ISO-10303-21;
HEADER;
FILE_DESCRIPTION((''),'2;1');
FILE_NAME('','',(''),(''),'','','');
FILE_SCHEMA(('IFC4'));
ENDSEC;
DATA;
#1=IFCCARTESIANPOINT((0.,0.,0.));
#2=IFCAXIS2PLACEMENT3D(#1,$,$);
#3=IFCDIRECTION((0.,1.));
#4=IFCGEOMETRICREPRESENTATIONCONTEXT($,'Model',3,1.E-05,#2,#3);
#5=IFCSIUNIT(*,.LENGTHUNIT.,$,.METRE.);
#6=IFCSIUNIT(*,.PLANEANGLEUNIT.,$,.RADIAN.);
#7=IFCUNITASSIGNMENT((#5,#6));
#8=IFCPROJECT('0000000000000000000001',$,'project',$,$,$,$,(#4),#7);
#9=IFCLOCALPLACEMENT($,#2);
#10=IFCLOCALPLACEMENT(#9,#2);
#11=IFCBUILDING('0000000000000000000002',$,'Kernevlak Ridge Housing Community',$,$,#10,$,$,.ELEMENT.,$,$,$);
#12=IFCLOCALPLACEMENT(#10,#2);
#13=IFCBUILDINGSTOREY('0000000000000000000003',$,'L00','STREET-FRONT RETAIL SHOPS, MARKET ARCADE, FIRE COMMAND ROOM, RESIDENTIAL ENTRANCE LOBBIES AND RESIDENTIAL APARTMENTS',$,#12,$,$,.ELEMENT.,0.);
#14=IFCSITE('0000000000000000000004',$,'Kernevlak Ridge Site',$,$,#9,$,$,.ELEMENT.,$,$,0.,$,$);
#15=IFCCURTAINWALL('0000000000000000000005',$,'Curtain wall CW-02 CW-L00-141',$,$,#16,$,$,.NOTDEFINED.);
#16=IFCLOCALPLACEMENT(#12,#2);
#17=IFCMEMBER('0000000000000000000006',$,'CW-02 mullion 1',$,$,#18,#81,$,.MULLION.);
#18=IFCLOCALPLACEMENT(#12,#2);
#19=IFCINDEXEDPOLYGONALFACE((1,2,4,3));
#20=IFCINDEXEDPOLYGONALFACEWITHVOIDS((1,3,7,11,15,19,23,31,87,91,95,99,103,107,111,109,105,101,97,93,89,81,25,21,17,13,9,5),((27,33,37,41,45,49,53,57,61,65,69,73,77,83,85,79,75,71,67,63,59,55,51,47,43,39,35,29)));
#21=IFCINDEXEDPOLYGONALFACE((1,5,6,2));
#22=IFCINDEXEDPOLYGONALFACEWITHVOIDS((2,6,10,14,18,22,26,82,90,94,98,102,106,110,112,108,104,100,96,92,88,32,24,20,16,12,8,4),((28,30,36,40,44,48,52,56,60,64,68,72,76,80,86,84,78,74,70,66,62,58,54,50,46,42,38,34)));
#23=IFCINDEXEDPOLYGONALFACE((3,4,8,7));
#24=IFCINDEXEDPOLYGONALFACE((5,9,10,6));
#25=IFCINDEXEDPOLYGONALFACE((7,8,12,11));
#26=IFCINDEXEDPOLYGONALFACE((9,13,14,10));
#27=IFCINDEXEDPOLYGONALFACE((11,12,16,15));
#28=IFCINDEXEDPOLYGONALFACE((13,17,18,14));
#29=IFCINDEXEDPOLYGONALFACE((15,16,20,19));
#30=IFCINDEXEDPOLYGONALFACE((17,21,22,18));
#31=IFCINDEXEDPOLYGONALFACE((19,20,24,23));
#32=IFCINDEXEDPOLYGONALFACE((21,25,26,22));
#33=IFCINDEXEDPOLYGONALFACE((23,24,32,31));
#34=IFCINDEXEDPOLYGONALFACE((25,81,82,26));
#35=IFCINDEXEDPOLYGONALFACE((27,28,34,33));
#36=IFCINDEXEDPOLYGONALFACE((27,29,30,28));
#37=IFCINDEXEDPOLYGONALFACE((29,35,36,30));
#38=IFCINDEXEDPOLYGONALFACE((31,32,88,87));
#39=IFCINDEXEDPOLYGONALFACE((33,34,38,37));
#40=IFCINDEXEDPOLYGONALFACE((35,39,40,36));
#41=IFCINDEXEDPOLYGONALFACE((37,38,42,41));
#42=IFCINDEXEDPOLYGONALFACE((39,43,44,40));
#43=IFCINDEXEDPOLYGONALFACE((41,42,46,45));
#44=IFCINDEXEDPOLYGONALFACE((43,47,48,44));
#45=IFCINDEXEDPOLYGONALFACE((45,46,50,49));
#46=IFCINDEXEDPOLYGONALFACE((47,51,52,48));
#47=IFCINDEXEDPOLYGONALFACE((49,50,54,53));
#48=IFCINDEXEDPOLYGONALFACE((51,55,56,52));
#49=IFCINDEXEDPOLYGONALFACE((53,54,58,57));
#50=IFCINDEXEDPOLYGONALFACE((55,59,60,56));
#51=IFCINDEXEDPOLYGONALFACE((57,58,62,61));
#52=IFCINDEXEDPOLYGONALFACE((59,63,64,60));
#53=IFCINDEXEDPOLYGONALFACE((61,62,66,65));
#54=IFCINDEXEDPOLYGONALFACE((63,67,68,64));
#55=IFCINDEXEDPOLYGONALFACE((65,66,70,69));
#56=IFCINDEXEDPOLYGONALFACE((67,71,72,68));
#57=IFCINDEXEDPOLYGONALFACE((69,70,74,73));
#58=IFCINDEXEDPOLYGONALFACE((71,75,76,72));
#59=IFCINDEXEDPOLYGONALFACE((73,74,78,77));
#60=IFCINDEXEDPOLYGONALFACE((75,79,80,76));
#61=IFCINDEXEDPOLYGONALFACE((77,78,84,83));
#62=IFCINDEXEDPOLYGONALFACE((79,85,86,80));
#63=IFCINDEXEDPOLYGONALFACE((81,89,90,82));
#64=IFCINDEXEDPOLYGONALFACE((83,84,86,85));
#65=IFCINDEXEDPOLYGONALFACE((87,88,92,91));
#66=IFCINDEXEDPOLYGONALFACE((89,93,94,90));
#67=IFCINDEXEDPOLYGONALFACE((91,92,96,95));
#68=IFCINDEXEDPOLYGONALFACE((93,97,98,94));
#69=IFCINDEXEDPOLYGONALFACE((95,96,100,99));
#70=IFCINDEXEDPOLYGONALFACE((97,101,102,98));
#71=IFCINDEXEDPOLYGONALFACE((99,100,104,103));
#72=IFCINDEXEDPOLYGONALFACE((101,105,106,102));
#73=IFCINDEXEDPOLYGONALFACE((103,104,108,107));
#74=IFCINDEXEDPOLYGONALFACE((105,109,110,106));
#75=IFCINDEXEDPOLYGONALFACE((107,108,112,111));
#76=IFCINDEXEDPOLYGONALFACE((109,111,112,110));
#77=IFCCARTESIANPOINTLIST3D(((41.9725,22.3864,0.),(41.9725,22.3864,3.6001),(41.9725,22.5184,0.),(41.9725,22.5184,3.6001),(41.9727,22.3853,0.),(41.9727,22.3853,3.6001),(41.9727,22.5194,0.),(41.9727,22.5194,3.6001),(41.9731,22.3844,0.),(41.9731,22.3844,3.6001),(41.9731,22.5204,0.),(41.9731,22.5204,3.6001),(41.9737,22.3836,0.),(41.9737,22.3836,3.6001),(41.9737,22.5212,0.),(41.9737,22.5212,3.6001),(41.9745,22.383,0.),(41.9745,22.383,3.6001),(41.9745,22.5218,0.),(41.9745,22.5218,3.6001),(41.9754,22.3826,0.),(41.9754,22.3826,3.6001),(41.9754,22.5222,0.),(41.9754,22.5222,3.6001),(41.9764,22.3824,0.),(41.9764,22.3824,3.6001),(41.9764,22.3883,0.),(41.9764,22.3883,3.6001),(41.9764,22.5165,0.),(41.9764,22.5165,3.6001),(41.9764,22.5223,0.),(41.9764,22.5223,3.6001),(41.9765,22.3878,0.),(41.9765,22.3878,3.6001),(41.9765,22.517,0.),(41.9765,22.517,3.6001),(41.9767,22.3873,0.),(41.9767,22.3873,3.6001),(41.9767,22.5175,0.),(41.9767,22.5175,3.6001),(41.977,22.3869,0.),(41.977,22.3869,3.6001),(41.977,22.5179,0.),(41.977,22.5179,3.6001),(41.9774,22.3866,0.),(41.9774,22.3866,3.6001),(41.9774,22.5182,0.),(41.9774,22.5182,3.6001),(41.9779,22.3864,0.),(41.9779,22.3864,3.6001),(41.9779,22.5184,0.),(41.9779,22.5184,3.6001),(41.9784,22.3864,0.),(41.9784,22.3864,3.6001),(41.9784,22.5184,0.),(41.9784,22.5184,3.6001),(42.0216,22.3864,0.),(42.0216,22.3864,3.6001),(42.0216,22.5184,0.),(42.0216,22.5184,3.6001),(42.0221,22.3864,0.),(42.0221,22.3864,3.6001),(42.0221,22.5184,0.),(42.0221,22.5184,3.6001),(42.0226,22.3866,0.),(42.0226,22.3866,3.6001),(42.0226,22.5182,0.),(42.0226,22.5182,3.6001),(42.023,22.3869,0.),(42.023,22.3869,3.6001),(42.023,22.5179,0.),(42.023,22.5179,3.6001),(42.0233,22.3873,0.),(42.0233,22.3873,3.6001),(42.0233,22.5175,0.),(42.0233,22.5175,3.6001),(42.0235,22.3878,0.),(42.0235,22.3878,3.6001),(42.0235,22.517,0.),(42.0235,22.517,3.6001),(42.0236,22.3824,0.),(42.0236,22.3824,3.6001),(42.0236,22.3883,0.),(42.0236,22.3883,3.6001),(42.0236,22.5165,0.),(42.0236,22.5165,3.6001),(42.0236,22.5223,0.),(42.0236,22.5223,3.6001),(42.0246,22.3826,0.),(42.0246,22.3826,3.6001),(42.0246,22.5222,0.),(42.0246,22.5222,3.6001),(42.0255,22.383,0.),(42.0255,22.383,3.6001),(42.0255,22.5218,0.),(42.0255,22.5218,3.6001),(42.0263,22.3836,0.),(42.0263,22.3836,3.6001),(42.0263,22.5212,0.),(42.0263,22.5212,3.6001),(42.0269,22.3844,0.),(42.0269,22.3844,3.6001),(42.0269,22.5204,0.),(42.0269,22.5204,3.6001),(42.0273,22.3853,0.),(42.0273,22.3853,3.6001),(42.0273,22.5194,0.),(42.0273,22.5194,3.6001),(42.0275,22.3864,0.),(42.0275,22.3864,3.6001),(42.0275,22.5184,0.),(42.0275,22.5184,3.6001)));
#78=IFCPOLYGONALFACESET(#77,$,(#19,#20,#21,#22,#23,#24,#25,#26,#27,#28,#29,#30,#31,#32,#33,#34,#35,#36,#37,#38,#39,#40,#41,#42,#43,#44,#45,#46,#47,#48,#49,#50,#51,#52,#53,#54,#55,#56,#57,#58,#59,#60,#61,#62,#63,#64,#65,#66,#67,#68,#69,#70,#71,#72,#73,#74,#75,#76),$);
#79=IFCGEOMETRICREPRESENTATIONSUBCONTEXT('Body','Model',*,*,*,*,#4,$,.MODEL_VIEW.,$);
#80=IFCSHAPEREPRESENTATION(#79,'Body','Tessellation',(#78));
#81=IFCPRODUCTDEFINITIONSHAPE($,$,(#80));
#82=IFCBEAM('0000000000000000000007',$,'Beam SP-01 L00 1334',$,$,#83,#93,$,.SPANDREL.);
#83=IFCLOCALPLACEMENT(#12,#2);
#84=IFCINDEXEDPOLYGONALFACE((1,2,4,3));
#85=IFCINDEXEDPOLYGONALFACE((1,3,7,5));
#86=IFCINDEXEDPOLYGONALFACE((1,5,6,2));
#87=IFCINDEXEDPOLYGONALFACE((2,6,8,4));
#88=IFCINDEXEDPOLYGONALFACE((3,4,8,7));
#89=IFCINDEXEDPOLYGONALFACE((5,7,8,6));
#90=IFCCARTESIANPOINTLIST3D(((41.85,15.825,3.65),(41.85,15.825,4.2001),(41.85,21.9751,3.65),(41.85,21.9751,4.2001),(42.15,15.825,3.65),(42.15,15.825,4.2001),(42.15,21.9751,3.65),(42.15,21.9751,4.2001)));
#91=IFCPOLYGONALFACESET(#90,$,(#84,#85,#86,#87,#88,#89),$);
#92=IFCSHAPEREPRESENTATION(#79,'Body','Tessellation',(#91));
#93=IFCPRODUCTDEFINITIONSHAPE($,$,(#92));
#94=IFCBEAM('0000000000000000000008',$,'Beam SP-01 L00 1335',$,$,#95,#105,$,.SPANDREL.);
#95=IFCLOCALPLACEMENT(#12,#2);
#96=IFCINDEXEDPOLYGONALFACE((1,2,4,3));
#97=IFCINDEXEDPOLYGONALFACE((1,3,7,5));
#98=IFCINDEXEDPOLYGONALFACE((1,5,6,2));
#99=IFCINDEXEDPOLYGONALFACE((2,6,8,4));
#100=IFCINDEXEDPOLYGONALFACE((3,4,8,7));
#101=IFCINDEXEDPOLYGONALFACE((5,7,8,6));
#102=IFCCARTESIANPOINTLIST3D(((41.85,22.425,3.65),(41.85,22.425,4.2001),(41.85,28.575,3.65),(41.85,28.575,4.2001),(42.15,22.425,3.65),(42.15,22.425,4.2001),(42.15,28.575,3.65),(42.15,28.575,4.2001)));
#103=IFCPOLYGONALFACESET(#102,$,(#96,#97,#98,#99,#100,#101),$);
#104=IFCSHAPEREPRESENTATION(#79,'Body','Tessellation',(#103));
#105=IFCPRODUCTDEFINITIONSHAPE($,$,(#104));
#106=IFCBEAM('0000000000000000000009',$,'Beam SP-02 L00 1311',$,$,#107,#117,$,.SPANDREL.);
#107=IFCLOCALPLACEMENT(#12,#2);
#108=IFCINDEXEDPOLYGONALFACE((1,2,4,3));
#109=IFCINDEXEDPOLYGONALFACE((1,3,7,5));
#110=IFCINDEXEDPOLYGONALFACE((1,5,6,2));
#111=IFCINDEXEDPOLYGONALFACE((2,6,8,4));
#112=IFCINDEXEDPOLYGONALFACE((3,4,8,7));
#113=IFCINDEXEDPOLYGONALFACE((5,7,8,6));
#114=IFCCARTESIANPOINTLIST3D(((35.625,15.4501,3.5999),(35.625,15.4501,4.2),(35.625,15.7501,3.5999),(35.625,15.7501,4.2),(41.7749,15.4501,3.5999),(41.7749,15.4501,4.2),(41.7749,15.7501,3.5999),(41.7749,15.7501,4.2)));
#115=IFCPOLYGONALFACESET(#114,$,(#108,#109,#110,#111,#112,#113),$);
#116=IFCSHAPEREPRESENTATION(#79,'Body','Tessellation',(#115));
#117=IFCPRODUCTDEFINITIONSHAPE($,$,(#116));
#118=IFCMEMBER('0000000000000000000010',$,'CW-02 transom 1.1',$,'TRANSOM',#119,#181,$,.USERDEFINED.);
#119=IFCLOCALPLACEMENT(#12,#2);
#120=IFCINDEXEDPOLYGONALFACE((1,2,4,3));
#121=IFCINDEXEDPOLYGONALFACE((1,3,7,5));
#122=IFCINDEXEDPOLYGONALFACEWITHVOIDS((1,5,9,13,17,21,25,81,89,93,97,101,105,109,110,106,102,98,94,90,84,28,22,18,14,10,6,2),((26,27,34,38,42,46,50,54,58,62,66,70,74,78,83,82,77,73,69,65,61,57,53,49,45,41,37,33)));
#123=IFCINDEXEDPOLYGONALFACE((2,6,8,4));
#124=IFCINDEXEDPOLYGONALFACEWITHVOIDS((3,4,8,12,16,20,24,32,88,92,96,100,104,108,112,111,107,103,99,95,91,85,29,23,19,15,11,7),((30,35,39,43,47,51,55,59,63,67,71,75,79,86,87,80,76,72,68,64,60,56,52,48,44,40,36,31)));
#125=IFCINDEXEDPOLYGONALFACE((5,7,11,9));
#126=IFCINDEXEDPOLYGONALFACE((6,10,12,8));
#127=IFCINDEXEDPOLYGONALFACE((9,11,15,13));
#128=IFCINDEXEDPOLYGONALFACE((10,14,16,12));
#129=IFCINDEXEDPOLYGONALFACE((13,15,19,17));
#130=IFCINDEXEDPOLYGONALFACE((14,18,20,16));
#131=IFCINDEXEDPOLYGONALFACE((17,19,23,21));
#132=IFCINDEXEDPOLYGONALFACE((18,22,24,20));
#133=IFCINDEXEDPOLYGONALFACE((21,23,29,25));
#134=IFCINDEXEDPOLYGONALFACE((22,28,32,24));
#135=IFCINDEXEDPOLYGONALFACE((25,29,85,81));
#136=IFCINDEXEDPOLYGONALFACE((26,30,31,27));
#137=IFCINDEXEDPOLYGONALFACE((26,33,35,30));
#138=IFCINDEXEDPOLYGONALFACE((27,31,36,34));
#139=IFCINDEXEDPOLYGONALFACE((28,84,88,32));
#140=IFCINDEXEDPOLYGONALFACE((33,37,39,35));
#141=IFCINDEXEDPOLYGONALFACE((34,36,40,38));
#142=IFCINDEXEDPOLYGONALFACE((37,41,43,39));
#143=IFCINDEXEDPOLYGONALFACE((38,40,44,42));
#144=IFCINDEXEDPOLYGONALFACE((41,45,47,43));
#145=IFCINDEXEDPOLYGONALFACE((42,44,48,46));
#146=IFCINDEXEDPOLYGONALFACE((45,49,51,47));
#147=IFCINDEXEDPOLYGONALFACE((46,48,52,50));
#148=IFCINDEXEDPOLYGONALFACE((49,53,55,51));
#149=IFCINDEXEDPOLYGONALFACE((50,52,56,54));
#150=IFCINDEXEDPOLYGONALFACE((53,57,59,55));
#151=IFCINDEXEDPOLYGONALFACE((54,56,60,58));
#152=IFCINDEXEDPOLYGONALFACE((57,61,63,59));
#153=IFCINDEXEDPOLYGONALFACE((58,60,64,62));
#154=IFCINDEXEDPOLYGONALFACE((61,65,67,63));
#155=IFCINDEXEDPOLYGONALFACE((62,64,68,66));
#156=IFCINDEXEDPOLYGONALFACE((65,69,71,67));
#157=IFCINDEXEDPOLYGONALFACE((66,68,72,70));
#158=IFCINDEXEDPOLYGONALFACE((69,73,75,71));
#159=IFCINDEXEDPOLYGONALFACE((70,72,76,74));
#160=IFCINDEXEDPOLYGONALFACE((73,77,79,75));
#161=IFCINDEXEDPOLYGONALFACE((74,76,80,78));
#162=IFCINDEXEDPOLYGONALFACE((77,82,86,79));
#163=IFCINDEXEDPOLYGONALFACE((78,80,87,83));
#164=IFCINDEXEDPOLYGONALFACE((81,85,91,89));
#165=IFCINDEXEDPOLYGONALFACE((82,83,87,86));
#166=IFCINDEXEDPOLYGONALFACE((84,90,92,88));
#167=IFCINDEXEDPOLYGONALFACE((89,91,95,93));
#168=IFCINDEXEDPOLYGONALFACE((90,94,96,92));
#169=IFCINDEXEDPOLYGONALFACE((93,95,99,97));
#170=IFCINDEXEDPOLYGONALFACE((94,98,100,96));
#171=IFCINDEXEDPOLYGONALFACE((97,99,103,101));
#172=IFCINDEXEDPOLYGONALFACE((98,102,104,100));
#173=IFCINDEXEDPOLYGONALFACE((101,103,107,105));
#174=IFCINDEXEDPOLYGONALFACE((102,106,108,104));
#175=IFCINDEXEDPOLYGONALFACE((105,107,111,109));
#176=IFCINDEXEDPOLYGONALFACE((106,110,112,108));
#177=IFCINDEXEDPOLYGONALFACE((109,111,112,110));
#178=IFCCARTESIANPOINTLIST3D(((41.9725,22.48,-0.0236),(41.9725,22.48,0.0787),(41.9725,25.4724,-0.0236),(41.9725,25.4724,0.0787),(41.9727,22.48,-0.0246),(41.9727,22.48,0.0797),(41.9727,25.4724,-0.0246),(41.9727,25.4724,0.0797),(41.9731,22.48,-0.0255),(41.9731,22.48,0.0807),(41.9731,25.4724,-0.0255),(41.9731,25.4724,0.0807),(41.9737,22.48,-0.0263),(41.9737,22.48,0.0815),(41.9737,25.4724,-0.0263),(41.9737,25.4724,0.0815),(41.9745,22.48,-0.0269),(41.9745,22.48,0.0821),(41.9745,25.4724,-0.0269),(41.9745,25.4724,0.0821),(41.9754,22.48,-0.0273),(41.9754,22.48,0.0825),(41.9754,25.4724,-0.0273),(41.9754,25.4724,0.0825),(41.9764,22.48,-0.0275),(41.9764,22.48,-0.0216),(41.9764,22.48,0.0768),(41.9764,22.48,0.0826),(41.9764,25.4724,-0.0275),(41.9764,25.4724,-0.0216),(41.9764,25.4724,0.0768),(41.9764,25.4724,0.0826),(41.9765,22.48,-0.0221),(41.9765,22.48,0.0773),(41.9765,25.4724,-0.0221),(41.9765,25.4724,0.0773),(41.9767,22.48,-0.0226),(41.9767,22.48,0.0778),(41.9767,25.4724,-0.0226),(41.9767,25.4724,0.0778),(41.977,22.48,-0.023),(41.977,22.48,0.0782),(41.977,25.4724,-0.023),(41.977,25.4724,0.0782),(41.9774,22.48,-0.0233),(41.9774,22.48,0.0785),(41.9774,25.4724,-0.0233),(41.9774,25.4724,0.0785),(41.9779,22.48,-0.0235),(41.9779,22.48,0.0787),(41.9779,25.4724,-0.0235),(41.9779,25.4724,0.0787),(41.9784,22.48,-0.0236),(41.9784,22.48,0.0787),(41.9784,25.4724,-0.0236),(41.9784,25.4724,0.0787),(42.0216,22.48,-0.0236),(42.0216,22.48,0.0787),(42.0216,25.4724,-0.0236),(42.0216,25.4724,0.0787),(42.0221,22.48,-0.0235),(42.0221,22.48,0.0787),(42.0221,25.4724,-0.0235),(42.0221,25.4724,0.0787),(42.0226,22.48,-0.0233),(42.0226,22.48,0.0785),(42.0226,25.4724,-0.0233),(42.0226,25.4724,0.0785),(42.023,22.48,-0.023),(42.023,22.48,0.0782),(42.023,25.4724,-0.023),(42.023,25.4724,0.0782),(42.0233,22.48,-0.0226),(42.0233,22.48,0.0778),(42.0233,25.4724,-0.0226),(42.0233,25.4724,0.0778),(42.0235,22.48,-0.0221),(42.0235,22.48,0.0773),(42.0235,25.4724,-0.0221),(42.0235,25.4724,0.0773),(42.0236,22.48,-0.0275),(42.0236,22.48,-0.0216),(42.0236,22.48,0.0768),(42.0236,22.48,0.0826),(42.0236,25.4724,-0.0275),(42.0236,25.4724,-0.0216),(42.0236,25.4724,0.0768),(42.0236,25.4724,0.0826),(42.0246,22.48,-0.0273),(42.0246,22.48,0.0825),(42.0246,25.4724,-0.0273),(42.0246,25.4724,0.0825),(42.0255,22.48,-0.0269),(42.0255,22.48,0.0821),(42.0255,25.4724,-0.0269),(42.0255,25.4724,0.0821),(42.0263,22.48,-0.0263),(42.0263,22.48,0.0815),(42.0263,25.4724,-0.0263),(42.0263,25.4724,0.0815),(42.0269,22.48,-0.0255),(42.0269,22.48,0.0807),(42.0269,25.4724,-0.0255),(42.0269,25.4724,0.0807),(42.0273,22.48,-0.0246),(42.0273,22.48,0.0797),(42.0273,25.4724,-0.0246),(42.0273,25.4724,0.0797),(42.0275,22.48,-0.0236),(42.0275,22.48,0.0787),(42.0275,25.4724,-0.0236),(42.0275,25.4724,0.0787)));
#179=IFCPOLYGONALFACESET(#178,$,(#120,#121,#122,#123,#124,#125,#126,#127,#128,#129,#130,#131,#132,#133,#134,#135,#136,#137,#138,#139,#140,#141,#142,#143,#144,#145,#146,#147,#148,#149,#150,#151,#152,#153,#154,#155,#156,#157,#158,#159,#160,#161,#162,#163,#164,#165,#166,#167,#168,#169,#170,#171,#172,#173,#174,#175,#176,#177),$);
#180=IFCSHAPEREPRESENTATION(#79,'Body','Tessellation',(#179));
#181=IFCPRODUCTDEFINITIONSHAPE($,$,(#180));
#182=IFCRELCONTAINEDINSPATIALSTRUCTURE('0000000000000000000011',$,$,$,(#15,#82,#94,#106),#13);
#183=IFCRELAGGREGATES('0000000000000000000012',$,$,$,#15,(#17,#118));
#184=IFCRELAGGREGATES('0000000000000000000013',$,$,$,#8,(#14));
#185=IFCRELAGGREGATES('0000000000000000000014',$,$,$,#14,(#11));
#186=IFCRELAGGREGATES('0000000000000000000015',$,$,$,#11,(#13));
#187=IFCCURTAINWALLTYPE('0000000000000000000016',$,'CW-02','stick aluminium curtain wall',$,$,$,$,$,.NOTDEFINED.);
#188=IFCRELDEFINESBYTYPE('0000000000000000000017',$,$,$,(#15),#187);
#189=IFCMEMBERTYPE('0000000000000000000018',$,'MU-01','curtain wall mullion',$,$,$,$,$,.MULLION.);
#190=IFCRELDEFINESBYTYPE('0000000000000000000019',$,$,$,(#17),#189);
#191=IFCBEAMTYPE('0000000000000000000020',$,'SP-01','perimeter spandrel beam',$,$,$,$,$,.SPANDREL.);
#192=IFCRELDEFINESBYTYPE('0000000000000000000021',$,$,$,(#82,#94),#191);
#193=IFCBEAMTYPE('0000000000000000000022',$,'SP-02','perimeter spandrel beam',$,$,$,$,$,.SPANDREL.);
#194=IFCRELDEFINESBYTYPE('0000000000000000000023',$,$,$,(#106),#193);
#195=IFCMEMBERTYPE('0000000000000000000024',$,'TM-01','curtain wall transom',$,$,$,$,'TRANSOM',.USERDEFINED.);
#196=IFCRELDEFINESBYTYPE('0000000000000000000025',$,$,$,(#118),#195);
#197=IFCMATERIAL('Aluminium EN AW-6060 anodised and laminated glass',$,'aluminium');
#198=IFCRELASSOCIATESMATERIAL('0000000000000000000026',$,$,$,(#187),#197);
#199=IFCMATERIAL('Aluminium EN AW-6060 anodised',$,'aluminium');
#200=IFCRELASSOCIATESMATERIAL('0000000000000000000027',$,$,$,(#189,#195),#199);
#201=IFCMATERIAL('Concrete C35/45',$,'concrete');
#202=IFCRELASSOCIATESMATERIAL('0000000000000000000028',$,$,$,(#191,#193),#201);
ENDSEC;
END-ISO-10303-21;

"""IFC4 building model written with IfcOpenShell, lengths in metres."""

from ifc_helpers import new_model, si_unit, direction, frame, origin, origin_2d, place, context, subcontext, project, spatial, rectangle, hollow_rectangle, extrude, material, material_profile, profile_set, type_object, element, aggregate, save


model = new_model("IFC4")

# Units and contexts
model_context = context("Model", 3, precision=1e-05, world=origin(), true_north=direction((0.0, 1.0)))
body_context = subcontext(model_context, "Body", "Model", "MODEL_VIEW")
ifc_project = project(units=[si_unit("LENGTHUNIT", "METRE"), si_unit("PLANEANGLEUNIT", "RADIAN")], contexts=[model_context])

# Site, building, storey
site_placement = place(None, origin())
site = spatial("IfcSite", under=ifc_project, at=site_placement, Name="Kernevlak Ridge Site", CompositionType="ELEMENT", RefElevation=0.0)
building_placement = place(site_placement, origin())
building = spatial("IfcBuilding", under=site, at=building_placement, Name="Kernevlak Ridge Housing Community", CompositionType="ELEMENT")
storey_placement = place(building_placement, origin())
storey = spatial("IfcBuildingStorey", under=building, at=storey_placement, Name="L00", Description="STREET-FRONT RETAIL SHOPS, MARKET ARCADE, FIRE COMMAND ROOM, RESIDENTIAL ENTRANCE LOBBIES AND RESIDENTIAL APARTMENTS", CompositionType="ELEMENT", Elevation=0.0)

# Shared definitions
ifc_material_1 = material(Name="Concrete C35/45", Category="concrete")

# Curtain wall, member
ifc_material_2 = material(Name="Aluminium EN AW-6060 anodised and laminated glass", Category="aluminium")
curtain_wall_type = type_object("IfcCurtainWallType", Name="CW-02", Description="stick aluminium curtain wall", PredefinedType="NOTDEFINED", material=ifc_material_2)
curtain_wall_placement = place(storey_placement, origin())
curtain_wall = element("IfcCurtainWall", 1, at=curtain_wall_placement, inside=storey, type_object=curtain_wall_type, Name="Curtain wall CW-02 CW-L00-141", PredefinedType="NOTDEFINED")
ifc_material_3 = material(Name="Aluminium EN AW-6060 anodised", Category="aluminium")
ifc_material_profile_1 = material_profile(ifc_material_3, hollow_rectangle(XDim=0.0549, YDim=0.1399, WallThickness=0.0039, InnerFilletRadius=0.002, OuterFilletRadius=0.0039, at=origin_2d()), Name="ALU 55x140x4")
ifc_profile_set_1 = profile_set([ifc_material_profile_1], Name="Aluminium EN AW-6060 anodised")
member_type_1 = type_object("IfcMemberType", Name="MU-01", Description="curtain wall mullion", PredefinedType="MULLION", material=ifc_profile_set_1)
member_1_placement = place(storey_placement, frame((42.0, 22.4524, 0.0), z_axis=(0.0, 0.0, 1.0), x_axis=(-1.0, 0.0, 0.0)))
member_1 = element("IfcMember", 2, at=member_1_placement, type_object=member_type_1, Name="CW-02 mullion 1", PredefinedType="MULLION", context=body_context, shape_type="SweptSolid", body=[
    extrude(hollow_rectangle(XDim=0.0549, YDim=0.1399, WallThickness=0.0039, InnerFilletRadius=0.002, OuterFilletRadius=0.0039, at=origin_2d()), origin(), (0.0, 0.0, 1.0), 3.6001),
])

# Beams
ifc_material_profile_2 = material_profile(ifc_material_1, rectangle(XDim=0.3, YDim=0.55, at=origin_2d()), Name="RC 300x550")
ifc_profile_set_2 = profile_set([ifc_material_profile_2], Name="Concrete C35/45")
beam_type_1 = type_object("IfcBeamType", Name="SP-01", Description="perimeter spandrel beam", PredefinedType="SPANDREL", material=ifc_profile_set_2)
beam_1_placement = place(storey_placement, frame((42.0, 15.825, 3.925), z_axis=(0.0, 1.0, 0.0), x_axis=(-1.0, 0.0, 0.0)))
element("IfcBeam", 3, at=beam_1_placement, inside=storey, type_object=beam_type_1, Name="Beam SP-01 L00 1334", PredefinedType="SPANDREL", context=body_context, shape_type="SweptSolid", body=[
    extrude(rectangle(XDim=0.3, YDim=0.55, at=origin_2d()), origin(), (0.0, 0.0, 1.0), 6.1501),
])
beam_2_placement = place(storey_placement, frame((42.0, 22.425, 3.925), z_axis=(0.0, 1.0, 0.0), x_axis=(-1.0, 0.0, 0.0)))
element("IfcBeam", 4, at=beam_2_placement, inside=storey, type_object=beam_type_1, Name="Beam SP-01 L00 1335", PredefinedType="SPANDREL", context=body_context, shape_type="SweptSolid", body=[
    extrude(rectangle(XDim=0.3, YDim=0.55, at=origin_2d()), origin(), (0.0, 0.0, 1.0), 6.1499),
])
ifc_material_profile_3 = material_profile(ifc_material_1, rectangle(XDim=0.3, YDim=0.6001, at=origin_2d()), Name="RC 300x600")
ifc_profile_set_3 = profile_set([ifc_material_profile_3], Name="Concrete C35/45")
beam_type_2 = type_object("IfcBeamType", Name="SP-02", Description="perimeter spandrel beam", PredefinedType="SPANDREL", material=ifc_profile_set_3)
beam_3_placement = place(storey_placement, frame((35.625, 15.6001, 3.8999), z_axis=(1.0, 0.0, 0.0), x_axis=(0.0, 1.0, 0.0)))
element("IfcBeam", 5, at=beam_3_placement, inside=storey, type_object=beam_type_2, Name="Beam SP-02 L00 1311", PredefinedType="SPANDREL", context=body_context, shape_type="SweptSolid", body=[
    extrude(rectangle(XDim=0.3, YDim=0.6001, at=origin_2d()), origin(), (0.0, 0.0, 1.0), 6.1499),
])

# Member
ifc_material_profile_4 = material_profile(ifc_material_3, hollow_rectangle(XDim=0.0549, YDim=0.1101, WallThickness=0.0039, InnerFilletRadius=0.002, OuterFilletRadius=0.0039, at=origin_2d()), Name="ALU 55x110x4")
ifc_profile_set_4 = profile_set([ifc_material_profile_4], Name="Aluminium EN AW-6060 anodised")
member_type_2 = type_object("IfcMemberType", Name="TM-01", Description="curtain wall transom", ElementType="TRANSOM", PredefinedType="USERDEFINED", material=ifc_profile_set_4)
member_2_placement = place(storey_placement, frame((42.0, 22.48, 0.0276), z_axis=(0.0, 1.0, 0.0), x_axis=(-1.0, 0.0, 0.0)))
member_2 = element("IfcMember", 6, at=member_2_placement, type_object=member_type_2, Name="CW-02 transom 1.1", ObjectType="TRANSOM", PredefinedType="USERDEFINED", context=body_context, shape_type="SweptSolid", body=[
    extrude(hollow_rectangle(XDim=0.0549, YDim=0.1101, WallThickness=0.0039, InnerFilletRadius=0.002, OuterFilletRadius=0.0039, at=origin_2d()), origin(), (0.0, 0.0, 1.0), 2.9924),
])
aggregate(curtain_wall, [member_1, member_2])

save(model, "model.ifc")
